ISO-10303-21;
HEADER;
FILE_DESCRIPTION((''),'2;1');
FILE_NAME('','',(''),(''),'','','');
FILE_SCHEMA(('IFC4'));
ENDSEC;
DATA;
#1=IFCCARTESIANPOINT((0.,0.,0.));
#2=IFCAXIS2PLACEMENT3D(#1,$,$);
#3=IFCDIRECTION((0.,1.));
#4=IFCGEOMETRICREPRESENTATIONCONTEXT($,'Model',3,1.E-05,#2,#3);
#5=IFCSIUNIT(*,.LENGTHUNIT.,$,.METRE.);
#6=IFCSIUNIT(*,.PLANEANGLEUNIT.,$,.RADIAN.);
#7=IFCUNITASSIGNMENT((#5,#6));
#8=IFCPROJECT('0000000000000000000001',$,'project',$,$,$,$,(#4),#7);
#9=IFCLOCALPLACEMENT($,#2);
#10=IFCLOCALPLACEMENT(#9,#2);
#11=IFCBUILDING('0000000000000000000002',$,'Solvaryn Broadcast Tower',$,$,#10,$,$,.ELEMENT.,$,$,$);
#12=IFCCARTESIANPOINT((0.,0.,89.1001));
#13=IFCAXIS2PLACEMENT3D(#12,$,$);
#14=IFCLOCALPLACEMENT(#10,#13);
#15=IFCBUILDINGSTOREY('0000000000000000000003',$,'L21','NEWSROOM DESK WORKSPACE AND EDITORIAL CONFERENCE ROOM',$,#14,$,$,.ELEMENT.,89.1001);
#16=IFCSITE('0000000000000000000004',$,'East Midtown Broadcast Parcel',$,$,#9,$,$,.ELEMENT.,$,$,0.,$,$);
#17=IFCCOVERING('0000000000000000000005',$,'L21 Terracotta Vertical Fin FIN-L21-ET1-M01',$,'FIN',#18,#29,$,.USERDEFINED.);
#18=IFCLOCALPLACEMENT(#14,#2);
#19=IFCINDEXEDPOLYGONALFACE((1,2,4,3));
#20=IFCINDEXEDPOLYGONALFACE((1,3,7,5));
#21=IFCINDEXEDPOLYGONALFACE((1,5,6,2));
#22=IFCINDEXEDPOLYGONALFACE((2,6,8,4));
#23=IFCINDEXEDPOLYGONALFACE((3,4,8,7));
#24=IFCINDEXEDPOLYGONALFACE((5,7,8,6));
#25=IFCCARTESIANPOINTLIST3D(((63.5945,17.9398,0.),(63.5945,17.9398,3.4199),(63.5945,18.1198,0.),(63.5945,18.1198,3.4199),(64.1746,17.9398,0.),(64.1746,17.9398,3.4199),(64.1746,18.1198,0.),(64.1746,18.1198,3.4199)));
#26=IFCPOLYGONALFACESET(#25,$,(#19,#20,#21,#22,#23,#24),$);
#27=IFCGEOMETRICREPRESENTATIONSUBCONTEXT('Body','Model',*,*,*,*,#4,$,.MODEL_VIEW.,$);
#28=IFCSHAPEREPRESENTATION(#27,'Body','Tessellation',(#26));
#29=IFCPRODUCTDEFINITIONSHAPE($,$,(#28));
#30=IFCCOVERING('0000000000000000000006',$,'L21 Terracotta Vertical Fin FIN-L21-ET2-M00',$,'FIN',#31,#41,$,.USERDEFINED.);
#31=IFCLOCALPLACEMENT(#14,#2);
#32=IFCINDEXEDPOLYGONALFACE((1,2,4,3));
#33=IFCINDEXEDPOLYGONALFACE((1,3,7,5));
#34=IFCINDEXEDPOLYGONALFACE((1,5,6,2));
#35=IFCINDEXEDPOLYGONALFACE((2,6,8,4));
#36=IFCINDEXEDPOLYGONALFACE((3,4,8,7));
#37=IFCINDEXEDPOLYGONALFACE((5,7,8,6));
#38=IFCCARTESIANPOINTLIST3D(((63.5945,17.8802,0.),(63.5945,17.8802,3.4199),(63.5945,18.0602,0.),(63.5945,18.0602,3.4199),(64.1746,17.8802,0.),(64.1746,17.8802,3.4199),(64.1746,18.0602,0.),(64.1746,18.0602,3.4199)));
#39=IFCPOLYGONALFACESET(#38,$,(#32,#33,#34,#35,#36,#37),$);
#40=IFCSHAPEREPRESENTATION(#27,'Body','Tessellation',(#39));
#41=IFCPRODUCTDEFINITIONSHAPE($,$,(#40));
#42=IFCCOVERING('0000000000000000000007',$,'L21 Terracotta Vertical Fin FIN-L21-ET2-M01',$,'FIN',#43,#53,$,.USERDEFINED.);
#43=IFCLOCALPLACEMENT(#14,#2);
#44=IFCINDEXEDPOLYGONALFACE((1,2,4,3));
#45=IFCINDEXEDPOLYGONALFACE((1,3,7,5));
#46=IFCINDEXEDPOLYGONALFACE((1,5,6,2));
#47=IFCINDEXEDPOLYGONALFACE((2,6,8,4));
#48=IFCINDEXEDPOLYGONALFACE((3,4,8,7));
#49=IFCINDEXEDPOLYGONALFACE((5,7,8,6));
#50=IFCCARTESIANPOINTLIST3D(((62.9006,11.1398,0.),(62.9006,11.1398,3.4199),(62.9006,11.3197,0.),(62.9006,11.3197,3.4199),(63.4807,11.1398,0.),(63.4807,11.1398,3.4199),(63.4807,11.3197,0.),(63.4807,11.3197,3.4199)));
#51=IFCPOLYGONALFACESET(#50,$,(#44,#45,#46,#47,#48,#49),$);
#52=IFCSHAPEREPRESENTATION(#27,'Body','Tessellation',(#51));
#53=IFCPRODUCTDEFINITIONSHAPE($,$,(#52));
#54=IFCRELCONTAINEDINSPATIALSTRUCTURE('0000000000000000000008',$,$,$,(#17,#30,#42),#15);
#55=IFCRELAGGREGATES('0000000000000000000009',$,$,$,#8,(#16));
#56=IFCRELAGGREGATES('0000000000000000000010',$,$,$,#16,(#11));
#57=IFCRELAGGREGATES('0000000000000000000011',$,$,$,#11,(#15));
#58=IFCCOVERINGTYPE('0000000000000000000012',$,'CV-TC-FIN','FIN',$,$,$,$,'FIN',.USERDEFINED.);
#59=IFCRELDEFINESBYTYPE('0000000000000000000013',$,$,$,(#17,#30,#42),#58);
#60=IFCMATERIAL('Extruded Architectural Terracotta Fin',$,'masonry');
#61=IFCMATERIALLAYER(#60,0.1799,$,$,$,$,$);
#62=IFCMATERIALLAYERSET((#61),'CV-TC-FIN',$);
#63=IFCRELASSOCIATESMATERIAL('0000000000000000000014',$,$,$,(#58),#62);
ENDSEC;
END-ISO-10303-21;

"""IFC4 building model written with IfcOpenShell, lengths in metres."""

from ifc_helpers import new_model, si_unit, direction, frame, origin, origin_2d, place, context, subcontext, project, spatial, rectangle, extrude, material, layer, layer_set, type_object, element, save


model = new_model("IFC4")

# Units and contexts
model_context = context("Model", 3, precision=1e-05, world=origin(), true_north=direction((0.0, 1.0)))
body_context = subcontext(model_context, "Body", "Model", "MODEL_VIEW")
ifc_project = project(units=[si_unit("LENGTHUNIT", "METRE"), si_unit("PLANEANGLEUNIT", "RADIAN")], contexts=[model_context])

# Site, building, storey
site_placement = place(None, origin())
site = spatial("IfcSite", under=ifc_project, at=site_placement, Name="East Midtown Broadcast Parcel", CompositionType="ELEMENT", RefElevation=0.0)
building_placement = place(site_placement, origin())
building = spatial("IfcBuilding", under=site, at=building_placement, Name="Solvaryn Broadcast Tower", CompositionType="ELEMENT")
storey_placement = place(building_placement, frame((0.0, 0.0, 89.1001)))
storey = spatial("IfcBuildingStorey", under=building, at=storey_placement, Name="L21", Description="NEWSROOM DESK WORKSPACE AND EDITORIAL CONFERENCE ROOM", CompositionType="ELEMENT", Elevation=89.1001)

# Coverings
ifc_material_1 = material(Name="Extruded Architectural Terracotta Fin", Category="masonry")
ifc_layer_1 = layer(ifc_material_1, 0.1799)
ifc_layer_set_1 = layer_set([ifc_layer_1], Name="CV-TC-FIN")
covering_type_1 = type_object("IfcCoveringType", Name="CV-TC-FIN", Description="FIN", ElementType="FIN", PredefinedType="USERDEFINED", material=ifc_layer_set_1)
for number, where, z_axis, x_axis, name in (
    (1, (63.8845, 18.0298, 0.0), (0.0, 0.0, 1.0), (1.0, 0.0, 0.0), "L21 Terracotta Vertical Fin FIN-L21-ET1-M01"),
    (2, (63.8845, 17.9702, 0.0), (0.0, 0.0, 1.0), (1.0, 0.0, 0.0), "L21 Terracotta Vertical Fin FIN-L21-ET2-M00"),
    (3, (63.1907, 11.2297, 0.0), (0.0, 0.0, 1.0), (1.0, 0.0, 0.0), "L21 Terracotta Vertical Fin FIN-L21-ET2-M01"),
):
    element("IfcCovering", number, at=place(storey_placement, frame(where, z_axis=z_axis, x_axis=x_axis)), inside=storey, type_object=covering_type_1, Name=name, ObjectType="FIN", PredefinedType="USERDEFINED", context=body_context, shape_type="SweptSolid", body=[
        extrude(rectangle(XDim=0.5801, YDim=0.1799, at=origin_2d()), origin(), (0.0, 0.0, 1.0), 3.4199),
    ])

save(model, "model.ifc")
